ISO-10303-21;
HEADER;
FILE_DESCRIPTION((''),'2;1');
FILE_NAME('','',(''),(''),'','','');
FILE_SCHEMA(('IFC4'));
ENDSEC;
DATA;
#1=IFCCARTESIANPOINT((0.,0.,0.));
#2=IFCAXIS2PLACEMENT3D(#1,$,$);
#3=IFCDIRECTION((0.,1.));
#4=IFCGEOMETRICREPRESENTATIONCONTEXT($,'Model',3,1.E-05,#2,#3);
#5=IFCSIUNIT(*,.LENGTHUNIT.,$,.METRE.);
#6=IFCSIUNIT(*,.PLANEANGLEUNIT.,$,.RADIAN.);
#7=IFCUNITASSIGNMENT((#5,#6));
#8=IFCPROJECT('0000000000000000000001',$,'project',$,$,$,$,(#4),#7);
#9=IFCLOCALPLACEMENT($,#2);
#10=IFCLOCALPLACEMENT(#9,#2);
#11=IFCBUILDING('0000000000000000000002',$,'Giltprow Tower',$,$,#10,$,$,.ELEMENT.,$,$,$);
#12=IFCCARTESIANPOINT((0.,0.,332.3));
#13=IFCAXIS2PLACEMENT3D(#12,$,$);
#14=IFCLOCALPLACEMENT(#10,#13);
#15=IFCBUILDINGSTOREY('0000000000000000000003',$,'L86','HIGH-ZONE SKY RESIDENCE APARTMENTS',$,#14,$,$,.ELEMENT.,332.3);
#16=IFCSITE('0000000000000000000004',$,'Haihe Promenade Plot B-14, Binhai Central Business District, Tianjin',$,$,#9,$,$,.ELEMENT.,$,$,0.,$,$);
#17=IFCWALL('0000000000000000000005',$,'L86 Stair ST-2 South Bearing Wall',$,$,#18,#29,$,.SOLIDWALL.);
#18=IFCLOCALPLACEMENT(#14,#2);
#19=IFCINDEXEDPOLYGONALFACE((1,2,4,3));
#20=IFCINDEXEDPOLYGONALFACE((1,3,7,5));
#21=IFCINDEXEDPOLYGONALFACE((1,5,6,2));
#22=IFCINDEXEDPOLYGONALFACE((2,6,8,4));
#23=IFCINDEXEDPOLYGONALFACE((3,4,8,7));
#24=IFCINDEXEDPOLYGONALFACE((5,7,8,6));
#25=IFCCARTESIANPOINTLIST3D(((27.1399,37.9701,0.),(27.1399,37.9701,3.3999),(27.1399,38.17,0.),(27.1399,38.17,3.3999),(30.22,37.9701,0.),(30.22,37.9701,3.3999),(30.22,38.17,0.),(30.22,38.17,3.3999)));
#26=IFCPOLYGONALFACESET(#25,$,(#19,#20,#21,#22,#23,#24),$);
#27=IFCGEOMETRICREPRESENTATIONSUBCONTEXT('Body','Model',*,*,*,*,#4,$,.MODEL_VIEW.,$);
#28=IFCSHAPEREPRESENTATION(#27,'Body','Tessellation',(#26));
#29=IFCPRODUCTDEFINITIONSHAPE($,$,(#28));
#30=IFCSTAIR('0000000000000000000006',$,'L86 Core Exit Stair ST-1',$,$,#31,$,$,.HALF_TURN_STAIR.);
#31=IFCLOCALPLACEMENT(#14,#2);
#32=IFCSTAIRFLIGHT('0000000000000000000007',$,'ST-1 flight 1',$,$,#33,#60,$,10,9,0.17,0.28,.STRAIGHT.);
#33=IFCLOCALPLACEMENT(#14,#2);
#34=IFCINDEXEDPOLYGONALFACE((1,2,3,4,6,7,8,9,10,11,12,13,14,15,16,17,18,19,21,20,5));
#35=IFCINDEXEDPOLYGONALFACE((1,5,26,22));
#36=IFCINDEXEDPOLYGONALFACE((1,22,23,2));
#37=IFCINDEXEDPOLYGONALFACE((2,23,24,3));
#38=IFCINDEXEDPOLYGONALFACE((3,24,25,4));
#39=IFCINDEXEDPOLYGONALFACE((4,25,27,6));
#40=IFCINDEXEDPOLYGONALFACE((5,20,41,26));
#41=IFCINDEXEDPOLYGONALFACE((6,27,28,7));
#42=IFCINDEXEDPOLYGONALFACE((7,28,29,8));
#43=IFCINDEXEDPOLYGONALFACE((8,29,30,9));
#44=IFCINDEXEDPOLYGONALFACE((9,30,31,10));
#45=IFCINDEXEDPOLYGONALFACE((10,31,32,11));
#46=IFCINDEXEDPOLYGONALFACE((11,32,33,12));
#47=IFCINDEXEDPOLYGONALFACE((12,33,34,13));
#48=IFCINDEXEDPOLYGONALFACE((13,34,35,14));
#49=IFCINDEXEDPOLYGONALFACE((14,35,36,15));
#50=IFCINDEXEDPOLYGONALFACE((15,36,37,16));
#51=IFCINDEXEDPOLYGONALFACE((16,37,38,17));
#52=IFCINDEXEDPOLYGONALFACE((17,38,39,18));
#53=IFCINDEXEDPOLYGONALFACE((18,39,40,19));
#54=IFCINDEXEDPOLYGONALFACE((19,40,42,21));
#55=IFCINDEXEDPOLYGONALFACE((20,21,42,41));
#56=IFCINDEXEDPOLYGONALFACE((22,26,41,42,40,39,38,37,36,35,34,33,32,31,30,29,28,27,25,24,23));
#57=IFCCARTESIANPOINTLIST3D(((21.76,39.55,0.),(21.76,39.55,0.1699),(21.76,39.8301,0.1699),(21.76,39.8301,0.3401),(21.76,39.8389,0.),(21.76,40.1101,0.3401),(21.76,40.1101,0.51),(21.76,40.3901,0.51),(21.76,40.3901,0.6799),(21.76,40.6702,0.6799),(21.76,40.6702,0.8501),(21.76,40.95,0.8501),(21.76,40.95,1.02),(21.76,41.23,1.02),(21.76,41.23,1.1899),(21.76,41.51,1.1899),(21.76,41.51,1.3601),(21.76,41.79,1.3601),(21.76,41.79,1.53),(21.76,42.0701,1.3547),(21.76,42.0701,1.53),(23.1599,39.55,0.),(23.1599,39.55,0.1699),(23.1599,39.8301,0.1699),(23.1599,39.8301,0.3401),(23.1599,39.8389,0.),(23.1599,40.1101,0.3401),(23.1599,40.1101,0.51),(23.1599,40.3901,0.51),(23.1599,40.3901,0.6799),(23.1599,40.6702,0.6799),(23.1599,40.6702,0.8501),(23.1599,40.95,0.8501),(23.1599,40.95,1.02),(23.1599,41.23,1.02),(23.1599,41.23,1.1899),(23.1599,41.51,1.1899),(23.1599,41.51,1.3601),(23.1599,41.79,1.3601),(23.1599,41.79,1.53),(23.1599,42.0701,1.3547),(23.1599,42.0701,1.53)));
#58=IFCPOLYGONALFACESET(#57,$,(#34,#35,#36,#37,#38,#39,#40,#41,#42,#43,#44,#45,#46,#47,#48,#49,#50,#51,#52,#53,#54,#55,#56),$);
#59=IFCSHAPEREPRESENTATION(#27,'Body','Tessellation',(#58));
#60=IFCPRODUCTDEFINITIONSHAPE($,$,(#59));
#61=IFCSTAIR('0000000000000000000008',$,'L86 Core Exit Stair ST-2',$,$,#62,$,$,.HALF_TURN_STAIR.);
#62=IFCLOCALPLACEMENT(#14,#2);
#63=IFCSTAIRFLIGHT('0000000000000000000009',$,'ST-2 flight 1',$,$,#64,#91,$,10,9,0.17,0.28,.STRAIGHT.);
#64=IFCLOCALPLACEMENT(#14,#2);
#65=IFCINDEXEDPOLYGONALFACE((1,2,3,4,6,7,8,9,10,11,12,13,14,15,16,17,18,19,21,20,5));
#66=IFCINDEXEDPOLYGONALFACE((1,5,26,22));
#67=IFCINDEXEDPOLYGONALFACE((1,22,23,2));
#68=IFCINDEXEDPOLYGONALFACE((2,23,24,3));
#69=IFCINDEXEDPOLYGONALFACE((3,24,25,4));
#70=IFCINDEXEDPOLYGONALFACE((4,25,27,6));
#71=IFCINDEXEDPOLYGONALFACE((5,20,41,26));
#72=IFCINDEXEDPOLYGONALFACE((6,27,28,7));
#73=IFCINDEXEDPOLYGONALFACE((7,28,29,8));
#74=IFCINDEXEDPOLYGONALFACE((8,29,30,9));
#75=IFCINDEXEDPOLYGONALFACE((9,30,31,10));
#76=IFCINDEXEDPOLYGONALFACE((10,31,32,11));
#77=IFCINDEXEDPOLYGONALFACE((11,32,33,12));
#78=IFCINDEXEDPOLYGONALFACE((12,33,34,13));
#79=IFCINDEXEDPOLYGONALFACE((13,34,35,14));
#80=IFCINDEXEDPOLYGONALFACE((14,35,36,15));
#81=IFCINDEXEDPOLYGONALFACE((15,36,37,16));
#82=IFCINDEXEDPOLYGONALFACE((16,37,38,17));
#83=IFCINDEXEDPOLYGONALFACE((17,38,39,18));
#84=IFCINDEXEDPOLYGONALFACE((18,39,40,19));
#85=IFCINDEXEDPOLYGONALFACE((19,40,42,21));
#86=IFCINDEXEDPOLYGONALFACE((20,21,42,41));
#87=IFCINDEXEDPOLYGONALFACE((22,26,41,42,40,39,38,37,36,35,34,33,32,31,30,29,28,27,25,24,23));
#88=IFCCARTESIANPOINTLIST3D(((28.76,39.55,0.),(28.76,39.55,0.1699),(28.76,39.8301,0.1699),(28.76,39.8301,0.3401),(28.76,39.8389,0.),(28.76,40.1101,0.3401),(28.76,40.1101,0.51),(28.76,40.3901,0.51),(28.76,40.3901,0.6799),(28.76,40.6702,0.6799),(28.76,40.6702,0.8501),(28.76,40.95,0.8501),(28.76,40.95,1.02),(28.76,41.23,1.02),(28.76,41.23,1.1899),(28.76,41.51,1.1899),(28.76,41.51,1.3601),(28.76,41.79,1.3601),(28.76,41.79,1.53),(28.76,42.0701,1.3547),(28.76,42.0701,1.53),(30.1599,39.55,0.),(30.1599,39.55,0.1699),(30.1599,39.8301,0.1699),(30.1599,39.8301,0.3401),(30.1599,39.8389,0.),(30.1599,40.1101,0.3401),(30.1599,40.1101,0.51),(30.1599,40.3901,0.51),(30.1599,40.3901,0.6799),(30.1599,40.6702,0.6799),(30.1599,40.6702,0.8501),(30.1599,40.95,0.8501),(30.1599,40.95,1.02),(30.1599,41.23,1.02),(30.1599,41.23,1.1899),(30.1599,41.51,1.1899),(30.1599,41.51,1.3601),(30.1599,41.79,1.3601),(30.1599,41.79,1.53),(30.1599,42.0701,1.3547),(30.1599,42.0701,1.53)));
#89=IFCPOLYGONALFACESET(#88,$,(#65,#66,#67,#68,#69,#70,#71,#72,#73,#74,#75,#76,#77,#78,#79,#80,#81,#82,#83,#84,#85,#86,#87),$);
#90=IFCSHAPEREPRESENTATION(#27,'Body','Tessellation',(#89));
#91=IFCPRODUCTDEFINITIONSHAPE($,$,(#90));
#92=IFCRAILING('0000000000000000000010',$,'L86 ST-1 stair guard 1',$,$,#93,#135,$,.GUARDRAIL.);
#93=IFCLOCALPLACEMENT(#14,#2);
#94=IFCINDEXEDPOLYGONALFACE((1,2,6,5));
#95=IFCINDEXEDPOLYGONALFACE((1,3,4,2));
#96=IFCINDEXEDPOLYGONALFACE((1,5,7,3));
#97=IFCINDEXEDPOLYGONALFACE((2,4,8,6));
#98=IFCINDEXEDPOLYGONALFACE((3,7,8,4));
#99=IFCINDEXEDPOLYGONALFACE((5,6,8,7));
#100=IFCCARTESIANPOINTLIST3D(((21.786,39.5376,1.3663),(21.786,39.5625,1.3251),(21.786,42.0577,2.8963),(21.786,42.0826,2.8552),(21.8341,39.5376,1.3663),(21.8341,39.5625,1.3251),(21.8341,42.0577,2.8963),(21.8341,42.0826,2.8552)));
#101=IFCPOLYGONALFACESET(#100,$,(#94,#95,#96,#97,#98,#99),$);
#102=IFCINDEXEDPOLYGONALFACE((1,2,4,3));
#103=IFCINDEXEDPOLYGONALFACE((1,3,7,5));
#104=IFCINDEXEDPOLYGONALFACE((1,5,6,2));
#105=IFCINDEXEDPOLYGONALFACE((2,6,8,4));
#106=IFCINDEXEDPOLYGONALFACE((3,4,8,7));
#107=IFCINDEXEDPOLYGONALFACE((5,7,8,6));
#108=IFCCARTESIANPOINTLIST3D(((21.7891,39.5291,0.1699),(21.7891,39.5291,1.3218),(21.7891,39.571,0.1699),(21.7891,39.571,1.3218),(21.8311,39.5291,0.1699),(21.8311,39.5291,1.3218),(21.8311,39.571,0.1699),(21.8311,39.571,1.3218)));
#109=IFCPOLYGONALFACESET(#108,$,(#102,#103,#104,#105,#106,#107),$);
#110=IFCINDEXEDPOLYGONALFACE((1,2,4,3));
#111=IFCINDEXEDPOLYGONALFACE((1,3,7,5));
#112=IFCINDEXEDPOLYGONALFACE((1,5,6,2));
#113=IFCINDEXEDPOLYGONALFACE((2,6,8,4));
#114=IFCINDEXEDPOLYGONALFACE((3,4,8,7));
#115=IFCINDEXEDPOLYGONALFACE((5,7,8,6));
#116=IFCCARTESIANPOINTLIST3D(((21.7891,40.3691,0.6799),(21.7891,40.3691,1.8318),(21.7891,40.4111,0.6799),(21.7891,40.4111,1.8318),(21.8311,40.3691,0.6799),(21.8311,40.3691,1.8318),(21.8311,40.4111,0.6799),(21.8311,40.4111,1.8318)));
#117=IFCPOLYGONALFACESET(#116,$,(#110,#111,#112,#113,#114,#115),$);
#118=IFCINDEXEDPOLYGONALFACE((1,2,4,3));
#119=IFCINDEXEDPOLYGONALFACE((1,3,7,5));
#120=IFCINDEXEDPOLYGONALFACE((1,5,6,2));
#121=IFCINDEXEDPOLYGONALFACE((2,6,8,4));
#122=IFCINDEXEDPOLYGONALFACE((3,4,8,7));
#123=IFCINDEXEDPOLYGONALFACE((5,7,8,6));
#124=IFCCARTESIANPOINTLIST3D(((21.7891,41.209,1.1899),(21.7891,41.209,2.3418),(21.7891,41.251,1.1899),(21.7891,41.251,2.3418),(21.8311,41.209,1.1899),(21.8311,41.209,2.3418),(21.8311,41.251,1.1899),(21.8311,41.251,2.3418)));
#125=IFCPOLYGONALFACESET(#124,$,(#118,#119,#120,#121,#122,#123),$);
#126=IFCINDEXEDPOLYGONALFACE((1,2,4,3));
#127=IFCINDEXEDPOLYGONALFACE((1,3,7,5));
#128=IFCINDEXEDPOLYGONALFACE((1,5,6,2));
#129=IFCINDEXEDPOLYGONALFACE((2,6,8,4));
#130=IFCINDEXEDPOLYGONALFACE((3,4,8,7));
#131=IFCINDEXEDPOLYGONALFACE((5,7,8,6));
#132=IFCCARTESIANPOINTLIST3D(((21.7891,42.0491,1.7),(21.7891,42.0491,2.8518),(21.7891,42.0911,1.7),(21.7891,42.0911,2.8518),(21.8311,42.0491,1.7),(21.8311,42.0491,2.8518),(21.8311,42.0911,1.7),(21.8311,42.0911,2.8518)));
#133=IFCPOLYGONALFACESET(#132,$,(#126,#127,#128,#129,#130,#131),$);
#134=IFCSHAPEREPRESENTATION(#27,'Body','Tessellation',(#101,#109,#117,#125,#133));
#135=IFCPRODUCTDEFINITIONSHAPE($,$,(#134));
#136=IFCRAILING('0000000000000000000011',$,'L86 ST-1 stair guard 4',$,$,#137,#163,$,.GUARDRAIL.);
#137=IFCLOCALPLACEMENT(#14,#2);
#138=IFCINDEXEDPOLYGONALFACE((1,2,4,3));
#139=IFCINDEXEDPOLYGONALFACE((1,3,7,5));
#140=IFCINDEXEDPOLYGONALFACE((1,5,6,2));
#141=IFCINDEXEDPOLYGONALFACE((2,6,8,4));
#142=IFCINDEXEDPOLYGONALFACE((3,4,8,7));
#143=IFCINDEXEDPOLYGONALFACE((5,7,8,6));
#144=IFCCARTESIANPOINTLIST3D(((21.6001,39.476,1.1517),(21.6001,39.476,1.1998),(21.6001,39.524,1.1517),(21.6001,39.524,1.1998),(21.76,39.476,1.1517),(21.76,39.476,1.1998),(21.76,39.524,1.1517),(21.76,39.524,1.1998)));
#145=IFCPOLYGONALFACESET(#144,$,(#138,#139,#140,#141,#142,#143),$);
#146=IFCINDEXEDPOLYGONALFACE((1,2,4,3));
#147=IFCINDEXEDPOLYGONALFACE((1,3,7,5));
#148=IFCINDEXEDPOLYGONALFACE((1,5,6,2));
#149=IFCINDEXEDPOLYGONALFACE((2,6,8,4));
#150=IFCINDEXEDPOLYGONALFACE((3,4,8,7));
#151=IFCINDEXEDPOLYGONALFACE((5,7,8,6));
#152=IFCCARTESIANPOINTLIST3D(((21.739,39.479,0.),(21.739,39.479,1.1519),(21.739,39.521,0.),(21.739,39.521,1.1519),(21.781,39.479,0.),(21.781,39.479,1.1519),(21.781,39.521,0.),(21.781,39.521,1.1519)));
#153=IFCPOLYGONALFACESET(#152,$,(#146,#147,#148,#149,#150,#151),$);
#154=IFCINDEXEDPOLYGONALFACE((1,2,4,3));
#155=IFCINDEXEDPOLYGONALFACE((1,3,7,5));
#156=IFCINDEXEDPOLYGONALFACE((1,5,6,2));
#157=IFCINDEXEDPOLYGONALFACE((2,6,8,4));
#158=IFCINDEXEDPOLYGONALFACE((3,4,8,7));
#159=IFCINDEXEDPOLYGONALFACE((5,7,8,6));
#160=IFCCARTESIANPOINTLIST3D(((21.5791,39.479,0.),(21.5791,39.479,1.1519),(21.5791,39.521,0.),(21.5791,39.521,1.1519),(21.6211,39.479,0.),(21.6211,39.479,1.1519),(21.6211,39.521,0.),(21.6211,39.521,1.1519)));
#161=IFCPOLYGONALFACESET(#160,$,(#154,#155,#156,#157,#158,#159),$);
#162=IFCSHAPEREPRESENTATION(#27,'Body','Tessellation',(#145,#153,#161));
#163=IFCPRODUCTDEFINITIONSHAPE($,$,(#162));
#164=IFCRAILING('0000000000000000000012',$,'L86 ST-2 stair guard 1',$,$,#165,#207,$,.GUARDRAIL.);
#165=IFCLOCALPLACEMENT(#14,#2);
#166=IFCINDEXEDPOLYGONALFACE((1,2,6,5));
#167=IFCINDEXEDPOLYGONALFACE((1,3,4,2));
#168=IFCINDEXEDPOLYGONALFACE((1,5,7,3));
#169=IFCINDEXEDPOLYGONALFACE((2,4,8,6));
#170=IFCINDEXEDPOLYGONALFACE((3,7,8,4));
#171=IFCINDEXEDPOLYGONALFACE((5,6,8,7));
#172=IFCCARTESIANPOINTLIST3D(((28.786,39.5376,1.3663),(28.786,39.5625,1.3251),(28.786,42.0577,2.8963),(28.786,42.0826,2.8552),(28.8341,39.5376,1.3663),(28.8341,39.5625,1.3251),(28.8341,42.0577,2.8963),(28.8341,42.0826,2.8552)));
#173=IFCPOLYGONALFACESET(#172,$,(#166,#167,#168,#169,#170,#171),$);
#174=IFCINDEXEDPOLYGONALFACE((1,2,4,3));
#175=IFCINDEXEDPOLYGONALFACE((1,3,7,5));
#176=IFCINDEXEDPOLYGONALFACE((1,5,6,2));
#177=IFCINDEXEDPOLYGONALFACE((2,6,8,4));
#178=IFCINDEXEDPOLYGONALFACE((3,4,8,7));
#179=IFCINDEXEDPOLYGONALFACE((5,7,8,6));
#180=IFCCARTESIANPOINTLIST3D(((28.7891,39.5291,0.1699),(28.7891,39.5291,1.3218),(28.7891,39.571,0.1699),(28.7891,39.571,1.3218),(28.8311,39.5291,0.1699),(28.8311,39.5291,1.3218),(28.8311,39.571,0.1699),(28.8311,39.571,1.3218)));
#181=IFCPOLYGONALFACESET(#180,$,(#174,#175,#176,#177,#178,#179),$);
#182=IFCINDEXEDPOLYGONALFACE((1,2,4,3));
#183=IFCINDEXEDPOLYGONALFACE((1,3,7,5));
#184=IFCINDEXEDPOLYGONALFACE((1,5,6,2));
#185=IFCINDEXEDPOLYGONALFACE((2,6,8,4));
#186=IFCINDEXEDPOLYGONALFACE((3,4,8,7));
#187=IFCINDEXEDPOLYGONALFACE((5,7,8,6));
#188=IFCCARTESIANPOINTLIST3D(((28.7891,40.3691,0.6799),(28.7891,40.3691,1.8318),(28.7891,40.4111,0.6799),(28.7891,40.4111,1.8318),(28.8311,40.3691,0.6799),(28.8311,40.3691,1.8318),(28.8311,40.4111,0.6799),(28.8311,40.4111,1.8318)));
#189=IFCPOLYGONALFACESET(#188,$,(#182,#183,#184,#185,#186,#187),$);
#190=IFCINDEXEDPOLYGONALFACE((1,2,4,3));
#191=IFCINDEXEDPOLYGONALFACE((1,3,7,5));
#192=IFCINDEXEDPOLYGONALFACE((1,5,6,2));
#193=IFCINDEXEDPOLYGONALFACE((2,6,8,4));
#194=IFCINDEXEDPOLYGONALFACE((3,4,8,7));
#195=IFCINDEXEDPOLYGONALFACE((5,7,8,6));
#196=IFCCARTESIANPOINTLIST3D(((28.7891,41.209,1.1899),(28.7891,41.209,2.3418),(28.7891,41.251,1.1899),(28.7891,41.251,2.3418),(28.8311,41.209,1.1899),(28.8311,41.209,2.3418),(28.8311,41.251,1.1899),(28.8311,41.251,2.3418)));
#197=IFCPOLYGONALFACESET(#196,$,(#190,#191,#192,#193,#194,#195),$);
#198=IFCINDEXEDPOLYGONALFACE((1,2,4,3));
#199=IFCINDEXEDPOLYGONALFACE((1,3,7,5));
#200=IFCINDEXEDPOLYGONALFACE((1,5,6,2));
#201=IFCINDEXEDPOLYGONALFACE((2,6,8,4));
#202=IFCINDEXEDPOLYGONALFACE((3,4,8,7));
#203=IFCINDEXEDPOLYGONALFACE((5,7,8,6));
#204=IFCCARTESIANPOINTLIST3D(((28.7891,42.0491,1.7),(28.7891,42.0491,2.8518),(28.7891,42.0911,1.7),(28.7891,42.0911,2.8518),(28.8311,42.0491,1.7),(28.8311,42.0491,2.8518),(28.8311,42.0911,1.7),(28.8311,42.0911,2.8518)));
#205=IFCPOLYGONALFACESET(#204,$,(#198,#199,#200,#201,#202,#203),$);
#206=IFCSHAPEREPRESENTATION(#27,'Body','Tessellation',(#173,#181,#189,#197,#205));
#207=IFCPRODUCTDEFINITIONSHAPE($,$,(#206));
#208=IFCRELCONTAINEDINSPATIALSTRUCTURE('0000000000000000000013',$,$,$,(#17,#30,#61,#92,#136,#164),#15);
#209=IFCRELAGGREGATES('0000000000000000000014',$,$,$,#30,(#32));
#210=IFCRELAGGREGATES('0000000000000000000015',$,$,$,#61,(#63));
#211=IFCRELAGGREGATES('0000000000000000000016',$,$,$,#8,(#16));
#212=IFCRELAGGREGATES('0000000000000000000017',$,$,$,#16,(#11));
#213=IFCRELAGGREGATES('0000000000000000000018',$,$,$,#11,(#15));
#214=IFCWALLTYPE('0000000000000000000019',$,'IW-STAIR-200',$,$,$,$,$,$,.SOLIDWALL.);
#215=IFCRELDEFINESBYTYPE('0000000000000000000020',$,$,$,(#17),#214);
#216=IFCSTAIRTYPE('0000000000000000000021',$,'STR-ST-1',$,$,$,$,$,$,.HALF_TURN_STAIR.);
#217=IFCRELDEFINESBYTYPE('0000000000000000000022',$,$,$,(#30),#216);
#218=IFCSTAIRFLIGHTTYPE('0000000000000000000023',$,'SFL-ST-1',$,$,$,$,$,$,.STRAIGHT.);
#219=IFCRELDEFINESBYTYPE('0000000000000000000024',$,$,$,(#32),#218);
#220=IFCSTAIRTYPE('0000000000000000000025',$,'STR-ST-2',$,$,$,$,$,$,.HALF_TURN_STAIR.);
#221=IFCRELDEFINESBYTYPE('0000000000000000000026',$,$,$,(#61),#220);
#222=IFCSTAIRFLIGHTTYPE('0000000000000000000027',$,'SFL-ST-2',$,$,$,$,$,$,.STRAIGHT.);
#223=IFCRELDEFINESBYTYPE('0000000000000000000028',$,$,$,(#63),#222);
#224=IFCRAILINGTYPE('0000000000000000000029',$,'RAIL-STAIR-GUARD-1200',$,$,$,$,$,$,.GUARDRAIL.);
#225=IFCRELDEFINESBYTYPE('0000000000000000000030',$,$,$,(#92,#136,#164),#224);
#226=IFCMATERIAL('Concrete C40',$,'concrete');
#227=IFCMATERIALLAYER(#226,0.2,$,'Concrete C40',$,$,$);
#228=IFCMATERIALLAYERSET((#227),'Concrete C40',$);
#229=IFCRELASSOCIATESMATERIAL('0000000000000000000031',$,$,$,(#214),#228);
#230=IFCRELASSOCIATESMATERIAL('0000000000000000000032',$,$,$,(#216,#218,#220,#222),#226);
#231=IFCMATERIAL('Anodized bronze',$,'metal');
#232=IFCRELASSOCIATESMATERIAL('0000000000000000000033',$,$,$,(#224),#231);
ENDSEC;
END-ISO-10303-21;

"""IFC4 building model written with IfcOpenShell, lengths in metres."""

from ifc_helpers import new_model, si_unit, direction, frame, frame_2d, origin, origin_2d, place, context, subcontext, project, spatial, polyline, rectangle, outline, extrude, material, layer, layer_set, type_object, element, aggregate, save


model = new_model("IFC4")

# Units and contexts
model_context = context("Model", 3, precision=1e-05, world=origin(), true_north=direction((0.0, 1.0)))
body_context = subcontext(model_context, "Body", "Model", "MODEL_VIEW")
ifc_project = project(units=[si_unit("LENGTHUNIT", "METRE"), si_unit("PLANEANGLEUNIT", "RADIAN")], contexts=[model_context])

# Site, building, storey
site_placement = place(None, origin())
site = spatial("IfcSite", under=ifc_project, at=site_placement, Name="Haihe Promenade Plot B-14, Binhai Central Business District, Tianjin", CompositionType="ELEMENT", RefElevation=0.0)
building_placement = place(site_placement, origin())
building = spatial("IfcBuilding", under=site, at=building_placement, Name="Giltprow Tower", CompositionType="ELEMENT")
storey_placement = place(building_placement, frame((0.0, 0.0, 332.3)))
storey = spatial("IfcBuildingStorey", under=building, at=storey_placement, Name="L86", Description="HIGH-ZONE SKY RESIDENCE APARTMENTS", CompositionType="ELEMENT", Elevation=332.3)

# Shared definitions
ifc_material_1 = material(Name="Concrete C40", Category="concrete")
ifc_layer_1 = layer(ifc_material_1, 0.2, Name="Concrete C40")
ifc_layer_set_1 = layer_set([ifc_layer_1], Name="Concrete C40")
wall_type_1 = type_object("IfcWallType", Name="IW-STAIR-200", PredefinedType="SOLIDWALL", material=ifc_layer_set_1)

# Wall
wall_1_placement = place(storey_placement, frame((27.1399, 38.0701, 0.0), z_axis=(0.0, 0.0, 1.0), x_axis=(1.0, 0.0, 0.0)))
element("IfcWall", 1, at=wall_1_placement, inside=storey, type_object=wall_type_1, Name="L86 Stair ST-2 South Bearing Wall", PredefinedType="SOLIDWALL", context=body_context, shape_type="SweptSolid", body=[
    extrude(rectangle(XDim=3.0801, YDim=0.2, at=frame_2d((1.54, 0.0))), origin(), (0.0, 0.0, 1.0), 3.3999),
])

# Stairs, stair flights
stair_type_1 = type_object("IfcStairType", Name="STR-ST-1", PredefinedType="HALF_TURN_STAIR", material=ifc_material_1)
stair_1_placement = place(storey_placement, origin())
stair_1 = element("IfcStair", 2, at=stair_1_placement, inside=storey, type_object=stair_type_1, Name="L86 Core Exit Stair ST-1", PredefinedType="HALF_TURN_STAIR")
stair_flight_type_1 = type_object("IfcStairFlightType", Name="SFL-ST-1", PredefinedType="STRAIGHT", material=ifc_material_1)
stair_flight_1_placement = place(storey_placement, frame((22.46, 39.55, 0.0), z_axis=(0.0, 0.0, 1.0), x_axis=(0.0, 1.0, 0.0)))
stair_flight_1 = element("IfcStairFlight", 3, at=stair_flight_1_placement, type_object=stair_flight_type_1, Name="ST-1 flight 1", NumberOfRisers=10, NumberOfTreads=9, PredefinedType="STRAIGHT", RiserHeight=0.17, TreadLength=0.28, context=body_context, shape_type="SweptSolid", body=[
    extrude(outline(polyline([(0.0, 0.0), (0.0, 0.1699), (0.28, 0.1699), (0.28, 0.3401), (0.5601, 0.3401), (0.5601, 0.51), (0.8401, 0.51), (0.8401, 0.6799), (1.1201, 0.6799), (1.1201, 0.8501), (1.3999, 0.8501), (1.3999, 1.02), (1.6799, 1.02), (1.6799, 1.1899), (1.96, 1.1899), (1.96, 1.3601), (2.24, 1.3601), (2.24, 1.53), (2.52, 1.53), (2.52, 1.7), (2.52, 1.3547), (0.2888, 0.0), (0.0, 0.0)])), frame((0.0, 0.7, 0.0), z_axis=(0.0, -1.0, 0.0), x_axis=(1.0, 0.0, 0.0)), (0.0, 0.0, 1.0), 1.3999),
])
aggregate(stair_1, [stair_flight_1])
stair_type_2 = type_object("IfcStairType", Name="STR-ST-2", PredefinedType="HALF_TURN_STAIR", material=ifc_material_1)
stair_2_placement = place(storey_placement, origin())
stair_2 = element("IfcStair", 4, at=stair_2_placement, inside=storey, type_object=stair_type_2, Name="L86 Core Exit Stair ST-2", PredefinedType="HALF_TURN_STAIR")
stair_flight_type_2 = type_object("IfcStairFlightType", Name="SFL-ST-2", PredefinedType="STRAIGHT", material=ifc_material_1)
stair_flight_2_placement = place(storey_placement, frame((29.46, 39.55, 0.0), z_axis=(0.0, 0.0, 1.0), x_axis=(0.0, 1.0, 0.0)))
stair_flight_2 = element("IfcStairFlight", 5, at=stair_flight_2_placement, type_object=stair_flight_type_2, Name="ST-2 flight 1", NumberOfRisers=10, NumberOfTreads=9, PredefinedType="STRAIGHT", RiserHeight=0.17, TreadLength=0.28, context=body_context, shape_type="SweptSolid", body=[
    extrude(outline(polyline([(0.0, 0.0), (0.0, 0.1699), (0.28, 0.1699), (0.28, 0.3401), (0.5601, 0.3401), (0.5601, 0.51), (0.8401, 0.51), (0.8401, 0.6799), (1.1201, 0.6799), (1.1201, 0.8501), (1.3999, 0.8501), (1.3999, 1.02), (1.6799, 1.02), (1.6799, 1.1899), (1.96, 1.1899), (1.96, 1.3601), (2.24, 1.3601), (2.24, 1.53), (2.52, 1.53), (2.52, 1.7), (2.52, 1.3547), (0.2888, 0.0), (0.0, 0.0)])), frame((0.0, 0.7, 0.0), z_axis=(0.0, -1.0, 0.0), x_axis=(1.0, 0.0, 0.0)), (0.0, 0.0, 1.0), 1.3999),
])
aggregate(stair_2, [stair_flight_2])

# Railings
ifc_material_2 = material(Name="Anodized bronze", Category="metal")
railing_type_1 = type_object("IfcRailingType", Name="RAIL-STAIR-GUARD-1200", PredefinedType="GUARDRAIL", material=ifc_material_2)
railing_1_placement = place(storey_placement, frame((21.8101, 39.55, 0.1699)))
element("IfcRailing", 6, at=railing_1_placement, inside=storey, type_object=railing_type_1, Name="L86 ST-1 stair guard 1", PredefinedType="GUARDRAIL", context=body_context, shape_type="SweptSolid", body=[
    extrude(rectangle(XDim=0.0481, YDim=0.0481, at=origin_2d()), frame((0.0, 0.0, 1.1758), z_axis=(0.0, 0.854785, 0.518982), x_axis=(-1.0, 0.0, 0.0)), (0.0, 0.0, 1.0), 2.9482),
    extrude(rectangle(XDim=0.042, YDim=0.042, at=origin_2d()), origin(), (0.0, 0.0, 1.0), 1.1519),
    extrude(rectangle(XDim=0.042, YDim=0.042, at=origin_2d()), frame((0.0, 0.8401, 0.51)), (0.0, 0.0, 1.0), 1.1519),
    extrude(rectangle(XDim=0.042, YDim=0.042, at=origin_2d()), frame((0.0, 1.6799, 1.02)), (0.0, 0.0, 1.0), 1.1519),
    extrude(rectangle(XDim=0.042, YDim=0.042, at=origin_2d()), frame((0.0, 2.52, 1.53)), (0.0, 0.0, 1.0), 1.1519),
])
railing_2_placement = place(storey_placement, frame((21.76, 39.5, 0.0)))
element("IfcRailing", 7, at=railing_2_placement, inside=storey, type_object=railing_type_1, Name="L86 ST-1 stair guard 4", PredefinedType="GUARDRAIL", context=body_context, shape_type="SweptSolid", body=[
    extrude(rectangle(XDim=0.0481, YDim=0.0481, at=origin_2d()), frame((0.0, 0.0, 1.1758), z_axis=(-1.0, 0.0, 0.0), x_axis=(0.0, -1.0, 0.0)), (0.0, 0.0, 1.0), 0.1599),
    extrude(rectangle(XDim=0.042, YDim=0.042, at=origin_2d()), origin(), (0.0, 0.0, 1.0), 1.1519),
    extrude(rectangle(XDim=0.042, YDim=0.042, at=origin_2d()), frame((-0.1599, 0.0, 0.0)), (0.0, 0.0, 1.0), 1.1519),
])
railing_3_placement = place(storey_placement, frame((28.8101, 39.55, 0.1699)))
element("IfcRailing", 8, at=railing_3_placement, inside=storey, type_object=railing_type_1, Name="L86 ST-2 stair guard 1", PredefinedType="GUARDRAIL", context=body_context, shape_type="SweptSolid", body=[
    extrude(rectangle(XDim=0.0481, YDim=0.0481, at=origin_2d()), frame((0.0, 0.0, 1.1758), z_axis=(0.0, 0.854785, 0.518982), x_axis=(-1.0, 0.0, 0.0)), (0.0, 0.0, 1.0), 2.9482),
    extrude(rectangle(XDim=0.042, YDim=0.042, at=origin_2d()), origin(), (0.0, 0.0, 1.0), 1.1519),
    extrude(rectangle(XDim=0.042, YDim=0.042, at=origin_2d()), frame((0.0, 0.8401, 0.51)), (0.0, 0.0, 1.0), 1.1519),
    extrude(rectangle(XDim=0.042, YDim=0.042, at=origin_2d()), frame((0.0, 1.6799, 1.02)), (0.0, 0.0, 1.0), 1.1519),
    extrude(rectangle(XDim=0.042, YDim=0.042, at=origin_2d()), frame((0.0, 2.52, 1.53)), (0.0, 0.0, 1.0), 1.1519),
])

save(model, "model.ifc")
